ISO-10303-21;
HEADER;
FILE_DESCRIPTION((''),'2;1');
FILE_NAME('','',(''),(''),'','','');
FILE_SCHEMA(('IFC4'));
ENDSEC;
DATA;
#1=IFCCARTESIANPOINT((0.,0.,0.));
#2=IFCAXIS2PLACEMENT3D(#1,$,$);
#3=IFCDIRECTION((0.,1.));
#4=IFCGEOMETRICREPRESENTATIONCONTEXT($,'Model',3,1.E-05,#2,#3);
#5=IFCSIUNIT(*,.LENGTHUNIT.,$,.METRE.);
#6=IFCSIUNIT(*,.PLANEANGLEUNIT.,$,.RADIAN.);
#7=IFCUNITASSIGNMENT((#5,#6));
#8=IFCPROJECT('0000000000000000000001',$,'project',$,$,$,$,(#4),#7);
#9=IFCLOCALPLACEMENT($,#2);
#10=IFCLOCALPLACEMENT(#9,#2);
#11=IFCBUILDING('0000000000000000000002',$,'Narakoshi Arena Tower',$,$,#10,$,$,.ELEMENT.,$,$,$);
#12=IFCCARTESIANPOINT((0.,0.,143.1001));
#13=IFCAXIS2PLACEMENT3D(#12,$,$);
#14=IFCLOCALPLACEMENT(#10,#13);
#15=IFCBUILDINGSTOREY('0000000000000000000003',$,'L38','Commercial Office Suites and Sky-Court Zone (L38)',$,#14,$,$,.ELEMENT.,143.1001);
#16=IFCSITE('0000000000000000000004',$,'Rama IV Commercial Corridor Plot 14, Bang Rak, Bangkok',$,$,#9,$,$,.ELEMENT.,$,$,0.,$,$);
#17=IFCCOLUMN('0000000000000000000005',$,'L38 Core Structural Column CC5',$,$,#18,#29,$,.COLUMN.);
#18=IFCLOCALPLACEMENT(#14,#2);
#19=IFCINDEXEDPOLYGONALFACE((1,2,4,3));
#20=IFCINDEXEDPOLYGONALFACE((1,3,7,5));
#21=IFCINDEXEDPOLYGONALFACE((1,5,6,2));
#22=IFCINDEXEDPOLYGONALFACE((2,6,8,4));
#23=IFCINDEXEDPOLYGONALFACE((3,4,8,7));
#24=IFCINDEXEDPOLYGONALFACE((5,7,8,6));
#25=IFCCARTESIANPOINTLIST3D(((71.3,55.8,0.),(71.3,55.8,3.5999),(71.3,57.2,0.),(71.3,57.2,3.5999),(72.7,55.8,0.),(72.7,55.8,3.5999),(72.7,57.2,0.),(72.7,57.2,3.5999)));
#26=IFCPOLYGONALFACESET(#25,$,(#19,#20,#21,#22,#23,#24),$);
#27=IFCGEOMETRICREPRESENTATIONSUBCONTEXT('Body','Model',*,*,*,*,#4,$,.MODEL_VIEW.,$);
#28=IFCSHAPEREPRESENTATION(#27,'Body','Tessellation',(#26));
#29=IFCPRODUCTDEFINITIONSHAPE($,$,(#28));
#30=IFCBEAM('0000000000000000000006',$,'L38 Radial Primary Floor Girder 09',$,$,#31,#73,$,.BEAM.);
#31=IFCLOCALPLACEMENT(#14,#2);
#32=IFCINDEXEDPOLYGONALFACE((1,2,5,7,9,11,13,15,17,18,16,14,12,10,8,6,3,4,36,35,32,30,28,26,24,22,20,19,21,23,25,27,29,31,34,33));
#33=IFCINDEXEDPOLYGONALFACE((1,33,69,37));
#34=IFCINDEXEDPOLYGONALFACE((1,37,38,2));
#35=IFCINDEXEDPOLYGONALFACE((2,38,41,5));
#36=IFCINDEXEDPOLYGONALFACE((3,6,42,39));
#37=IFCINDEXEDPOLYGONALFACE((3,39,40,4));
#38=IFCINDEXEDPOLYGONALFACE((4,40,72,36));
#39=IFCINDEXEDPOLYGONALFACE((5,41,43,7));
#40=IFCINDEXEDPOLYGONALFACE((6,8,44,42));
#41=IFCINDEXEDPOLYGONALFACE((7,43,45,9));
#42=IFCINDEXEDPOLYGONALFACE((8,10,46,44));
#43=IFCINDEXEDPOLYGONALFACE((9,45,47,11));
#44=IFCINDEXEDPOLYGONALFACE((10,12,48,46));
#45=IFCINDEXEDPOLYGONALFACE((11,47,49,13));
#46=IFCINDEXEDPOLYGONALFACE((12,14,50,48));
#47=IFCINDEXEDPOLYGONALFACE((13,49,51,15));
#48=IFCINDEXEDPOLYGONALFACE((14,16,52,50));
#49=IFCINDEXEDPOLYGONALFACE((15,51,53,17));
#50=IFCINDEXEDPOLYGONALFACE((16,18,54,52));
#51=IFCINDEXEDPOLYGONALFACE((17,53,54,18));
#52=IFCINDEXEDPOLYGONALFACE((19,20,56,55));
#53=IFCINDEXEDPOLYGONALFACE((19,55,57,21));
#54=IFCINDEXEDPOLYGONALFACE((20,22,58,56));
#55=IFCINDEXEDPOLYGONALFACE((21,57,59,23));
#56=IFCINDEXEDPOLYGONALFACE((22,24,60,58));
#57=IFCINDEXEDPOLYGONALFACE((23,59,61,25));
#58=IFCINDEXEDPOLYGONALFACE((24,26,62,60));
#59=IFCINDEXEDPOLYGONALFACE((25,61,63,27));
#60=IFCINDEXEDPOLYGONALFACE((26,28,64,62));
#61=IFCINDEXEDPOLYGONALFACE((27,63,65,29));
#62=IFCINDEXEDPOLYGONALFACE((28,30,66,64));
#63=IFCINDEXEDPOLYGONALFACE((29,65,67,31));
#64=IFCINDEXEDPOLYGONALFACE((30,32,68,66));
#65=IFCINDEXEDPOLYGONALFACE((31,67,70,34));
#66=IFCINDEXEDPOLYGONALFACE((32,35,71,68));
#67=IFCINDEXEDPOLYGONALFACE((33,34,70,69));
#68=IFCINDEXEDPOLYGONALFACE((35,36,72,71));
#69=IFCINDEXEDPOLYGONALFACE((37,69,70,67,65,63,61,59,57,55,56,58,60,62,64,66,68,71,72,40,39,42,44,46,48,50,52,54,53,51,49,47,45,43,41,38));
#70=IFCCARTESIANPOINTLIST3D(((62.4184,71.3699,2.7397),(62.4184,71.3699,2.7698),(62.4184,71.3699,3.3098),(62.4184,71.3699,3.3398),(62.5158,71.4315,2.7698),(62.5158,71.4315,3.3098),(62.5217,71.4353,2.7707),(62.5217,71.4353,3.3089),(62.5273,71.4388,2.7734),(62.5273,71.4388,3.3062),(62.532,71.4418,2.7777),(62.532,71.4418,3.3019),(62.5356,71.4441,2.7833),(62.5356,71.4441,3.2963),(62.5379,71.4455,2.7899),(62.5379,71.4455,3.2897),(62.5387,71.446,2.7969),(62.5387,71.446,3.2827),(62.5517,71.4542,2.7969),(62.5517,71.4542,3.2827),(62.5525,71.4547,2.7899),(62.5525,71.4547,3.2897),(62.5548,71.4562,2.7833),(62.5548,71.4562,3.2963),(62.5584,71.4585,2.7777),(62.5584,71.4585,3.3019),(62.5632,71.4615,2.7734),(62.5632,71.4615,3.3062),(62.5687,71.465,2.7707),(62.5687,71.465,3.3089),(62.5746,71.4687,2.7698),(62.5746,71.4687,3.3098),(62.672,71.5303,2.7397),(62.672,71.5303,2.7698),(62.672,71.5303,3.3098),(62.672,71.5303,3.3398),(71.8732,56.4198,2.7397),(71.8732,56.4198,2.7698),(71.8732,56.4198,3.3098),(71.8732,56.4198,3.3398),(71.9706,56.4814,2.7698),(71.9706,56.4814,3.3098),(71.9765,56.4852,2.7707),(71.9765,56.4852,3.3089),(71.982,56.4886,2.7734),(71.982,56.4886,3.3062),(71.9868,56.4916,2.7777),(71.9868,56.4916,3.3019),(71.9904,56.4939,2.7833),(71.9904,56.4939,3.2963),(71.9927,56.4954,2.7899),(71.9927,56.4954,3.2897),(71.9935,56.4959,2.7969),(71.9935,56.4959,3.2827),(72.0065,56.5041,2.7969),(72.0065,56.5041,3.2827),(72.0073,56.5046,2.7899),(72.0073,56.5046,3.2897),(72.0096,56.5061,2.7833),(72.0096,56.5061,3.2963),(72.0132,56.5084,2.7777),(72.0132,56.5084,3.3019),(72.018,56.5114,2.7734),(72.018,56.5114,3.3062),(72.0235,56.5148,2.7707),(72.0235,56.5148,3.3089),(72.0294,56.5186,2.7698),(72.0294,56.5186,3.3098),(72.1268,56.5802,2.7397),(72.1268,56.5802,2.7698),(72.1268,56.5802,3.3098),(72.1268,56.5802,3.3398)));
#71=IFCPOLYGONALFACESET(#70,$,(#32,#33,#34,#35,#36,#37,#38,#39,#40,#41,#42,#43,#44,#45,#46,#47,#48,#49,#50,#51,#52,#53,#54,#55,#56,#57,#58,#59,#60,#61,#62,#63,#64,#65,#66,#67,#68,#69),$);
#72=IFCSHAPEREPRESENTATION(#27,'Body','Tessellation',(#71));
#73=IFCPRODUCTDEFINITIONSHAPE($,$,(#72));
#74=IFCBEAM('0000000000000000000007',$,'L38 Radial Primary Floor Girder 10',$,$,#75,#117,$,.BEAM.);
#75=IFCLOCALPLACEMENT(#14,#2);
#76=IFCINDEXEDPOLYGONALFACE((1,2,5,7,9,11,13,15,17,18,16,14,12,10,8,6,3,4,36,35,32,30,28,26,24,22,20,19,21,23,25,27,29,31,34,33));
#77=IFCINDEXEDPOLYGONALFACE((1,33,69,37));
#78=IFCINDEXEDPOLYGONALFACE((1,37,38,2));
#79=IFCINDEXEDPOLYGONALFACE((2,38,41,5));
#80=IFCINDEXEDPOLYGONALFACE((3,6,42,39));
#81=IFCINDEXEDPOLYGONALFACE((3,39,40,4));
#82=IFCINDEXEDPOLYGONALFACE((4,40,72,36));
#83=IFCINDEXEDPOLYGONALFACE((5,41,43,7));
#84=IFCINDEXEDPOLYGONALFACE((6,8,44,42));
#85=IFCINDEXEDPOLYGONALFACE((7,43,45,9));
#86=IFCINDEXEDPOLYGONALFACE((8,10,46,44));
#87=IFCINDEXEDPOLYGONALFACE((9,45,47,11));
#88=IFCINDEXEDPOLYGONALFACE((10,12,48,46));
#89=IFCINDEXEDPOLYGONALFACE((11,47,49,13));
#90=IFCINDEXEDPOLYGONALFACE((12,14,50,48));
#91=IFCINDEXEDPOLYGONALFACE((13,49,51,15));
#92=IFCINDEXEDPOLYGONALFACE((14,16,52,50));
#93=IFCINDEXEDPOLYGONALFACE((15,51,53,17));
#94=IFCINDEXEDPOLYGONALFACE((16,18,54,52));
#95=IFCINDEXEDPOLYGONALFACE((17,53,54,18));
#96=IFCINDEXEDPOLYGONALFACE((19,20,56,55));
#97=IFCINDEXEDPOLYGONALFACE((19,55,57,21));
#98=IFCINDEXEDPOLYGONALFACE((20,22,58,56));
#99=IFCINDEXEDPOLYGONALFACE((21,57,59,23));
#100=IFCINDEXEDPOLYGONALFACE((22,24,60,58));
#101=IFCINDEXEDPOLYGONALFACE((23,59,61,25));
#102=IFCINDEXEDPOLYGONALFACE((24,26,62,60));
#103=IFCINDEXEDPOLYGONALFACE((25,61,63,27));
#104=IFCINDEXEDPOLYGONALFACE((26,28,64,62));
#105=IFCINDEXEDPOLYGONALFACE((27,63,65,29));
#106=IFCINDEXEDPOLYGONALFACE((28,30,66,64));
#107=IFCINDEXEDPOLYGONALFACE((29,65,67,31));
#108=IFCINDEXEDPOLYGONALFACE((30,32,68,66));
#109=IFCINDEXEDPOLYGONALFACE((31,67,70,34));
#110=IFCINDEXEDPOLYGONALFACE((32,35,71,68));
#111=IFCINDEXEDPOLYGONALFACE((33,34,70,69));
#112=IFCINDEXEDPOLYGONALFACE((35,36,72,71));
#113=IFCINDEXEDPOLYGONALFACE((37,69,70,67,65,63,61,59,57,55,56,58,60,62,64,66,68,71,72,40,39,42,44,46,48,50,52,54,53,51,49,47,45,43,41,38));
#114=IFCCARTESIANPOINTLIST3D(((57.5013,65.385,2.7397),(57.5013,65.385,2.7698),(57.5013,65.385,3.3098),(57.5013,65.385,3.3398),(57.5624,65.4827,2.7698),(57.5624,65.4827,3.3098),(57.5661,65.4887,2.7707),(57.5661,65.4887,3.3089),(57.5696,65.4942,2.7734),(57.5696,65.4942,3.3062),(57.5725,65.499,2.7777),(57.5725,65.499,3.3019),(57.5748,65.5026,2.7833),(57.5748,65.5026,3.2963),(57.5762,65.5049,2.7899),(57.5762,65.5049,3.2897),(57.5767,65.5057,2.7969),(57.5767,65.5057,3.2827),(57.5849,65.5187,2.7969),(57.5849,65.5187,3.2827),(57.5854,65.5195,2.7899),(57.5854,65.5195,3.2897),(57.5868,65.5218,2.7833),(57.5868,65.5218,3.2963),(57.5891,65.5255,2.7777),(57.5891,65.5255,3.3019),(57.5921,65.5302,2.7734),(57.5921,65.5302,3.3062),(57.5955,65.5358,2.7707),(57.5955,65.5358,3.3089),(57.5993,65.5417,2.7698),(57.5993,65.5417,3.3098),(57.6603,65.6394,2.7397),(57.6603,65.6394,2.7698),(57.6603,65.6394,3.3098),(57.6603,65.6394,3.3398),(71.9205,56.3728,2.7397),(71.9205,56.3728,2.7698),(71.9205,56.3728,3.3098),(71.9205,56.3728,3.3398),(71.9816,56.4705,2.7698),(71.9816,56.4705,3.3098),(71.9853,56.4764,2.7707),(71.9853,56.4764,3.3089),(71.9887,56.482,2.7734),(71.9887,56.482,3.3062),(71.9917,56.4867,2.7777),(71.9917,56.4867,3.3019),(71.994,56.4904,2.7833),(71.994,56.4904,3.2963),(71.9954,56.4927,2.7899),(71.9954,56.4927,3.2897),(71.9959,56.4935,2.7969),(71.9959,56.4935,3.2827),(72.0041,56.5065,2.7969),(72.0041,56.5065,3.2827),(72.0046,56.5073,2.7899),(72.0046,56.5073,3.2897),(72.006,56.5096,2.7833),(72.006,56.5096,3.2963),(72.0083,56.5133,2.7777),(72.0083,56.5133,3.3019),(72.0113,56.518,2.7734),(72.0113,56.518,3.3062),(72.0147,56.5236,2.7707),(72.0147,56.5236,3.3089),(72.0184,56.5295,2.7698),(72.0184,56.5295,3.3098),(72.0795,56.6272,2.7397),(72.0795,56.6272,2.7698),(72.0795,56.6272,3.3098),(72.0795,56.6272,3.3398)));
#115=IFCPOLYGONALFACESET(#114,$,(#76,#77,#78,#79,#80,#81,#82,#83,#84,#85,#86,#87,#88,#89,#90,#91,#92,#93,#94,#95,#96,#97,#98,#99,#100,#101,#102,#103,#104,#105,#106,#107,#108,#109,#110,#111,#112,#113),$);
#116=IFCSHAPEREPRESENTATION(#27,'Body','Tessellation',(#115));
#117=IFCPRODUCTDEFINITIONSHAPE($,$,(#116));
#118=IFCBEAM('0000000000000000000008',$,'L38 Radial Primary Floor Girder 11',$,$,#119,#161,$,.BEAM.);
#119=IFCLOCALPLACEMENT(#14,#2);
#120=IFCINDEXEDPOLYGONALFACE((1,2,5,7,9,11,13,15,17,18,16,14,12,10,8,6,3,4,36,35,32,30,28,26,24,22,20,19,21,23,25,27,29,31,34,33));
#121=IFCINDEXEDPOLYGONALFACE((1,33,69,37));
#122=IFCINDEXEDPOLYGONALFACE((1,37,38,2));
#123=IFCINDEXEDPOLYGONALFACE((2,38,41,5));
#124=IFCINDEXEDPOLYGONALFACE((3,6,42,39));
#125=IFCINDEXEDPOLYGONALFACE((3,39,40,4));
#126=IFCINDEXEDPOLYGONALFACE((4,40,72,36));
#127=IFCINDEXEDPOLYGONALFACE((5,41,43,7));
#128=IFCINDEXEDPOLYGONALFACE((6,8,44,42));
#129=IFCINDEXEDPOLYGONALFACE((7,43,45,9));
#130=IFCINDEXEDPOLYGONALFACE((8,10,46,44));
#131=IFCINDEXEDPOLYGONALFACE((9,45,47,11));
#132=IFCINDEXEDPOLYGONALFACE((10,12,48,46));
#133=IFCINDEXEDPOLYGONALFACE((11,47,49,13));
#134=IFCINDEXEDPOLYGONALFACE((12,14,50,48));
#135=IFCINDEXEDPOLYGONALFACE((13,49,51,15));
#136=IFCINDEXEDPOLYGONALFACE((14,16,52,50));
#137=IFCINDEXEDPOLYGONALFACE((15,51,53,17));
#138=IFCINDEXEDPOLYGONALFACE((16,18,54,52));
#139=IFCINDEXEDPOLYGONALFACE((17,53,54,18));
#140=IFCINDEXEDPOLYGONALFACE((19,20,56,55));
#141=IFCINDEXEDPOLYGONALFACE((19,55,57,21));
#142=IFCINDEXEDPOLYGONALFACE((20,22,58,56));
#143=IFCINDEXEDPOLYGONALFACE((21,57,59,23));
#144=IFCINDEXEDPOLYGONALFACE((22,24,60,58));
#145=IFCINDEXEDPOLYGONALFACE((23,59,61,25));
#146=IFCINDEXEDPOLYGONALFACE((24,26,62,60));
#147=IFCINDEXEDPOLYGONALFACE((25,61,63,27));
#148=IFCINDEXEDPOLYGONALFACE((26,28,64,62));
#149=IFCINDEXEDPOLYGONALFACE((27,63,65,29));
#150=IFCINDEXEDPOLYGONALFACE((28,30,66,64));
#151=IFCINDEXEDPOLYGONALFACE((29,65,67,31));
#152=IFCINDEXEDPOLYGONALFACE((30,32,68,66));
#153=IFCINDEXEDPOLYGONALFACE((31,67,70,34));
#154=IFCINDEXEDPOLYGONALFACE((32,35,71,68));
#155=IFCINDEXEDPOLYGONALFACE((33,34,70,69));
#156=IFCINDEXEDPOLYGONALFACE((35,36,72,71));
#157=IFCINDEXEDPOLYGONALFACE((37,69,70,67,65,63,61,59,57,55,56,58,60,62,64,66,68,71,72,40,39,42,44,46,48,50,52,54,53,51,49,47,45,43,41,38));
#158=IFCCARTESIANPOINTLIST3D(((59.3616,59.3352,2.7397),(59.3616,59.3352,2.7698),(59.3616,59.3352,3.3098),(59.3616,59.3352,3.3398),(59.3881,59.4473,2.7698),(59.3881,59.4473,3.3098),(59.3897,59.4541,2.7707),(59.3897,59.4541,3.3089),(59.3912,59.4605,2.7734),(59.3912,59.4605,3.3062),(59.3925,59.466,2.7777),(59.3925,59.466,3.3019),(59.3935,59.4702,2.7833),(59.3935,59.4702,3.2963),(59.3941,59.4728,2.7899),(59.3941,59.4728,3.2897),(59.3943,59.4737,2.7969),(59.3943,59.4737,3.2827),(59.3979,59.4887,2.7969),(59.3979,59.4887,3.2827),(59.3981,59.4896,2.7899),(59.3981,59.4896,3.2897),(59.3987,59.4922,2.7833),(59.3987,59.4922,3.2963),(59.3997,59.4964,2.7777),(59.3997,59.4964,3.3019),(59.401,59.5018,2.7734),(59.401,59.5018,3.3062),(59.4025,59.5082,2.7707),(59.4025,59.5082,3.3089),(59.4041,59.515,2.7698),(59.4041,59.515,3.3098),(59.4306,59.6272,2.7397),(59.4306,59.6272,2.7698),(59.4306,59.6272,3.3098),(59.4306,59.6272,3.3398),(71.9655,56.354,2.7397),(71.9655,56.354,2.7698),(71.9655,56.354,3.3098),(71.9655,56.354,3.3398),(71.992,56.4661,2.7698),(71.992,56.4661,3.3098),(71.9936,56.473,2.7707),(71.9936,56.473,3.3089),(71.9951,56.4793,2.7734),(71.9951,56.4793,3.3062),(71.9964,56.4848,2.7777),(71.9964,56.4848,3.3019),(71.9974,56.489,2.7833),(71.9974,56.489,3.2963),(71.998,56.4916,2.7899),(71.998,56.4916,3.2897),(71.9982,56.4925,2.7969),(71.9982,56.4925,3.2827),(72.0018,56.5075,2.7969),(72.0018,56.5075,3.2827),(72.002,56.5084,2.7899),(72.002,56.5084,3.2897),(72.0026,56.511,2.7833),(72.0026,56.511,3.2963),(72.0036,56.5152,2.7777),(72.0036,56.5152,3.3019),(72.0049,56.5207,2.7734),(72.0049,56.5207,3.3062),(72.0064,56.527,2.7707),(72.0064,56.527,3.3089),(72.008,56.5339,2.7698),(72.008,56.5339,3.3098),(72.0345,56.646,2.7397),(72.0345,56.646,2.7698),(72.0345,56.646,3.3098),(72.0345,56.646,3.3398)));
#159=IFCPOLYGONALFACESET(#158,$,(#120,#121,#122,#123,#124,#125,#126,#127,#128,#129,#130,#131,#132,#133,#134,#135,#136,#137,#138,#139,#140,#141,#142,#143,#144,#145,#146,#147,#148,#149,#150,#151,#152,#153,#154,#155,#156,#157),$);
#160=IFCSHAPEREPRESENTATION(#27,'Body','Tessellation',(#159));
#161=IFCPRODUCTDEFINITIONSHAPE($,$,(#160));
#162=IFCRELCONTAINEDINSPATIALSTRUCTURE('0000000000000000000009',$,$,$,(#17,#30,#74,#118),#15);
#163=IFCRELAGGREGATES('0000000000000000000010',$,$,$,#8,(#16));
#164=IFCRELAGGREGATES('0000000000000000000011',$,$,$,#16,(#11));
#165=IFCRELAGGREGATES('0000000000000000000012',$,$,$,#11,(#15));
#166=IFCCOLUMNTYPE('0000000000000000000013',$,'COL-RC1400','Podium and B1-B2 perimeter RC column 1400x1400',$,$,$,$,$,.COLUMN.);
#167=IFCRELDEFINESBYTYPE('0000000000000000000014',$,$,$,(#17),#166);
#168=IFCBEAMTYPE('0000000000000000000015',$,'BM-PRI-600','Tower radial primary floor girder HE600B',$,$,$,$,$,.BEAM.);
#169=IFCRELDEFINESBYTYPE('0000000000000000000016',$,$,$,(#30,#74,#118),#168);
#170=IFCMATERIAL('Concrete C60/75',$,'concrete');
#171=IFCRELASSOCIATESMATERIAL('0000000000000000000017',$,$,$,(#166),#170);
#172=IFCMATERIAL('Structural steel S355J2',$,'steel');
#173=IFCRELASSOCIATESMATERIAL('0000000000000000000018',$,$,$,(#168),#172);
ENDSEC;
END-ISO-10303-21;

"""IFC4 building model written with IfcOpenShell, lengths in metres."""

from ifc_helpers import new_model, si_unit, direction, frame, origin, origin_2d, place, context, subcontext, project, spatial, rectangle, i_section, extrude, material, material_profile, profile_set, type_object, element, save


model = new_model("IFC4")

# Units and contexts
model_context = context("Model", 3, precision=1e-05, world=origin(), true_north=direction((0.0, 1.0)))
body_context = subcontext(model_context, "Body", "Model", "MODEL_VIEW")
ifc_project = project(units=[si_unit("LENGTHUNIT", "METRE"), si_unit("PLANEANGLEUNIT", "RADIAN")], contexts=[model_context])

# Site, building, storey
site_placement = place(None, origin())
site = spatial("IfcSite", under=ifc_project, at=site_placement, Name="Rama IV Commercial Corridor Plot 14, Bang Rak, Bangkok", CompositionType="ELEMENT", RefElevation=0.0)
building_placement = place(site_placement, origin())
building = spatial("IfcBuilding", under=site, at=building_placement, Name="Narakoshi Arena Tower", CompositionType="ELEMENT")
storey_placement = place(building_placement, frame((0.0, 0.0, 143.1001)))
storey = spatial("IfcBuildingStorey", under=building, at=storey_placement, Name="L38", Description="Commercial Office Suites and Sky-Court Zone (L38)", CompositionType="ELEMENT", Elevation=143.1001)

# Column
ifc_material_1 = material(Name="Concrete C60/75", Category="concrete")
ifc_material_profile_1 = material_profile(ifc_material_1, rectangle(XDim=1.3999, YDim=1.3999, at=origin_2d()), Name="RC1400x1400")
ifc_profile_set_1 = profile_set([ifc_material_profile_1], Name="Concrete C60/75")
column_type = type_object("IfcColumnType", Name="COL-RC1400", Description="Podium and B1-B2 perimeter RC column 1400x1400", PredefinedType="COLUMN", material=ifc_profile_set_1)
column_placement = place(storey_placement, frame((72.0, 56.5, 0.0), z_axis=(0.0, 0.0, 1.0), x_axis=(1.0, 0.0, 0.0)))
element("IfcColumn", 1, at=column_placement, inside=storey, type_object=column_type, Name="L38 Core Structural Column CC5", PredefinedType="COLUMN", context=body_context, shape_type="SweptSolid", body=[
    extrude(rectangle(XDim=1.3999, YDim=1.3999, at=origin_2d()), origin(), (0.0, 0.0, 1.0), 3.5999),
])

# Beams
ifc_material_2 = material(Name="Structural steel S355J2", Category="steel")
ifc_material_profile_2 = material_profile(ifc_material_2, i_section(OverallWidth=0.3, OverallDepth=0.6001, WebThickness=0.0154, FlangeThickness=0.03, FilletRadius=0.0271, at=origin_2d()), Name="HE600B")
ifc_profile_set_2 = profile_set([ifc_material_profile_2], Name="Structural steel S355J2")
beam_type = type_object("IfcBeamType", Name="BM-PRI-600", Description="Tower radial primary floor girder HE600B", PredefinedType="BEAM", material=ifc_profile_set_2)
beam_1_placement = place(storey_placement, frame((72.0, 56.5, 3.0398), z_axis=(-0.534502, 0.845167, 0.0), x_axis=(-0.845167, -0.534502, 0.0)))
element("IfcBeam", 2, at=beam_1_placement, inside=storey, type_object=beam_type, Name="L38 Radial Primary Floor Girder 09", PredefinedType="BEAM", context=body_context, shape_type="SweptSolid", body=[
    extrude(i_section(OverallWidth=0.3, OverallDepth=0.6001, WebThickness=0.0154, FlangeThickness=0.03, FilletRadius=0.0271, at=origin_2d()), origin(), (0.0, 0.0, 1.0), 17.689),
])
beam_2_placement = place(storey_placement, frame((72.0, 56.5, 3.0398), z_axis=(-0.847993, 0.530008, 0.0), x_axis=(-0.530008, -0.847993, 0.0)))
element("IfcBeam", 3, at=beam_2_placement, inside=storey, type_object=beam_type, Name="L38 Radial Primary Floor Girder 10", PredefinedType="BEAM", context=body_context, shape_type="SweptSolid", body=[
    extrude(i_section(OverallWidth=0.3, OverallDepth=0.6001, WebThickness=0.0154, FlangeThickness=0.03, FilletRadius=0.0271, at=origin_2d()), origin(), (0.0, 0.0, 1.0), 17.0039),
])
beam_3_placement = place(storey_placement, frame((72.0, 56.5, 3.0398), z_axis=(-0.973149, 0.230177, 0.0), x_axis=(-0.230177, -0.973149, 0.0)))
element("IfcBeam", 4, at=beam_3_placement, inside=storey, type_object=beam_type, Name="L38 Radial Primary Floor Girder 11", PredefinedType="BEAM", context=body_context, shape_type="SweptSolid", body=[
    extrude(i_section(OverallWidth=0.3, OverallDepth=0.6001, WebThickness=0.0154, FlangeThickness=0.03, FilletRadius=0.0271, at=origin_2d()), origin(), (0.0, 0.0, 1.0), 12.9517),
])

save(model, "model.ifc")
